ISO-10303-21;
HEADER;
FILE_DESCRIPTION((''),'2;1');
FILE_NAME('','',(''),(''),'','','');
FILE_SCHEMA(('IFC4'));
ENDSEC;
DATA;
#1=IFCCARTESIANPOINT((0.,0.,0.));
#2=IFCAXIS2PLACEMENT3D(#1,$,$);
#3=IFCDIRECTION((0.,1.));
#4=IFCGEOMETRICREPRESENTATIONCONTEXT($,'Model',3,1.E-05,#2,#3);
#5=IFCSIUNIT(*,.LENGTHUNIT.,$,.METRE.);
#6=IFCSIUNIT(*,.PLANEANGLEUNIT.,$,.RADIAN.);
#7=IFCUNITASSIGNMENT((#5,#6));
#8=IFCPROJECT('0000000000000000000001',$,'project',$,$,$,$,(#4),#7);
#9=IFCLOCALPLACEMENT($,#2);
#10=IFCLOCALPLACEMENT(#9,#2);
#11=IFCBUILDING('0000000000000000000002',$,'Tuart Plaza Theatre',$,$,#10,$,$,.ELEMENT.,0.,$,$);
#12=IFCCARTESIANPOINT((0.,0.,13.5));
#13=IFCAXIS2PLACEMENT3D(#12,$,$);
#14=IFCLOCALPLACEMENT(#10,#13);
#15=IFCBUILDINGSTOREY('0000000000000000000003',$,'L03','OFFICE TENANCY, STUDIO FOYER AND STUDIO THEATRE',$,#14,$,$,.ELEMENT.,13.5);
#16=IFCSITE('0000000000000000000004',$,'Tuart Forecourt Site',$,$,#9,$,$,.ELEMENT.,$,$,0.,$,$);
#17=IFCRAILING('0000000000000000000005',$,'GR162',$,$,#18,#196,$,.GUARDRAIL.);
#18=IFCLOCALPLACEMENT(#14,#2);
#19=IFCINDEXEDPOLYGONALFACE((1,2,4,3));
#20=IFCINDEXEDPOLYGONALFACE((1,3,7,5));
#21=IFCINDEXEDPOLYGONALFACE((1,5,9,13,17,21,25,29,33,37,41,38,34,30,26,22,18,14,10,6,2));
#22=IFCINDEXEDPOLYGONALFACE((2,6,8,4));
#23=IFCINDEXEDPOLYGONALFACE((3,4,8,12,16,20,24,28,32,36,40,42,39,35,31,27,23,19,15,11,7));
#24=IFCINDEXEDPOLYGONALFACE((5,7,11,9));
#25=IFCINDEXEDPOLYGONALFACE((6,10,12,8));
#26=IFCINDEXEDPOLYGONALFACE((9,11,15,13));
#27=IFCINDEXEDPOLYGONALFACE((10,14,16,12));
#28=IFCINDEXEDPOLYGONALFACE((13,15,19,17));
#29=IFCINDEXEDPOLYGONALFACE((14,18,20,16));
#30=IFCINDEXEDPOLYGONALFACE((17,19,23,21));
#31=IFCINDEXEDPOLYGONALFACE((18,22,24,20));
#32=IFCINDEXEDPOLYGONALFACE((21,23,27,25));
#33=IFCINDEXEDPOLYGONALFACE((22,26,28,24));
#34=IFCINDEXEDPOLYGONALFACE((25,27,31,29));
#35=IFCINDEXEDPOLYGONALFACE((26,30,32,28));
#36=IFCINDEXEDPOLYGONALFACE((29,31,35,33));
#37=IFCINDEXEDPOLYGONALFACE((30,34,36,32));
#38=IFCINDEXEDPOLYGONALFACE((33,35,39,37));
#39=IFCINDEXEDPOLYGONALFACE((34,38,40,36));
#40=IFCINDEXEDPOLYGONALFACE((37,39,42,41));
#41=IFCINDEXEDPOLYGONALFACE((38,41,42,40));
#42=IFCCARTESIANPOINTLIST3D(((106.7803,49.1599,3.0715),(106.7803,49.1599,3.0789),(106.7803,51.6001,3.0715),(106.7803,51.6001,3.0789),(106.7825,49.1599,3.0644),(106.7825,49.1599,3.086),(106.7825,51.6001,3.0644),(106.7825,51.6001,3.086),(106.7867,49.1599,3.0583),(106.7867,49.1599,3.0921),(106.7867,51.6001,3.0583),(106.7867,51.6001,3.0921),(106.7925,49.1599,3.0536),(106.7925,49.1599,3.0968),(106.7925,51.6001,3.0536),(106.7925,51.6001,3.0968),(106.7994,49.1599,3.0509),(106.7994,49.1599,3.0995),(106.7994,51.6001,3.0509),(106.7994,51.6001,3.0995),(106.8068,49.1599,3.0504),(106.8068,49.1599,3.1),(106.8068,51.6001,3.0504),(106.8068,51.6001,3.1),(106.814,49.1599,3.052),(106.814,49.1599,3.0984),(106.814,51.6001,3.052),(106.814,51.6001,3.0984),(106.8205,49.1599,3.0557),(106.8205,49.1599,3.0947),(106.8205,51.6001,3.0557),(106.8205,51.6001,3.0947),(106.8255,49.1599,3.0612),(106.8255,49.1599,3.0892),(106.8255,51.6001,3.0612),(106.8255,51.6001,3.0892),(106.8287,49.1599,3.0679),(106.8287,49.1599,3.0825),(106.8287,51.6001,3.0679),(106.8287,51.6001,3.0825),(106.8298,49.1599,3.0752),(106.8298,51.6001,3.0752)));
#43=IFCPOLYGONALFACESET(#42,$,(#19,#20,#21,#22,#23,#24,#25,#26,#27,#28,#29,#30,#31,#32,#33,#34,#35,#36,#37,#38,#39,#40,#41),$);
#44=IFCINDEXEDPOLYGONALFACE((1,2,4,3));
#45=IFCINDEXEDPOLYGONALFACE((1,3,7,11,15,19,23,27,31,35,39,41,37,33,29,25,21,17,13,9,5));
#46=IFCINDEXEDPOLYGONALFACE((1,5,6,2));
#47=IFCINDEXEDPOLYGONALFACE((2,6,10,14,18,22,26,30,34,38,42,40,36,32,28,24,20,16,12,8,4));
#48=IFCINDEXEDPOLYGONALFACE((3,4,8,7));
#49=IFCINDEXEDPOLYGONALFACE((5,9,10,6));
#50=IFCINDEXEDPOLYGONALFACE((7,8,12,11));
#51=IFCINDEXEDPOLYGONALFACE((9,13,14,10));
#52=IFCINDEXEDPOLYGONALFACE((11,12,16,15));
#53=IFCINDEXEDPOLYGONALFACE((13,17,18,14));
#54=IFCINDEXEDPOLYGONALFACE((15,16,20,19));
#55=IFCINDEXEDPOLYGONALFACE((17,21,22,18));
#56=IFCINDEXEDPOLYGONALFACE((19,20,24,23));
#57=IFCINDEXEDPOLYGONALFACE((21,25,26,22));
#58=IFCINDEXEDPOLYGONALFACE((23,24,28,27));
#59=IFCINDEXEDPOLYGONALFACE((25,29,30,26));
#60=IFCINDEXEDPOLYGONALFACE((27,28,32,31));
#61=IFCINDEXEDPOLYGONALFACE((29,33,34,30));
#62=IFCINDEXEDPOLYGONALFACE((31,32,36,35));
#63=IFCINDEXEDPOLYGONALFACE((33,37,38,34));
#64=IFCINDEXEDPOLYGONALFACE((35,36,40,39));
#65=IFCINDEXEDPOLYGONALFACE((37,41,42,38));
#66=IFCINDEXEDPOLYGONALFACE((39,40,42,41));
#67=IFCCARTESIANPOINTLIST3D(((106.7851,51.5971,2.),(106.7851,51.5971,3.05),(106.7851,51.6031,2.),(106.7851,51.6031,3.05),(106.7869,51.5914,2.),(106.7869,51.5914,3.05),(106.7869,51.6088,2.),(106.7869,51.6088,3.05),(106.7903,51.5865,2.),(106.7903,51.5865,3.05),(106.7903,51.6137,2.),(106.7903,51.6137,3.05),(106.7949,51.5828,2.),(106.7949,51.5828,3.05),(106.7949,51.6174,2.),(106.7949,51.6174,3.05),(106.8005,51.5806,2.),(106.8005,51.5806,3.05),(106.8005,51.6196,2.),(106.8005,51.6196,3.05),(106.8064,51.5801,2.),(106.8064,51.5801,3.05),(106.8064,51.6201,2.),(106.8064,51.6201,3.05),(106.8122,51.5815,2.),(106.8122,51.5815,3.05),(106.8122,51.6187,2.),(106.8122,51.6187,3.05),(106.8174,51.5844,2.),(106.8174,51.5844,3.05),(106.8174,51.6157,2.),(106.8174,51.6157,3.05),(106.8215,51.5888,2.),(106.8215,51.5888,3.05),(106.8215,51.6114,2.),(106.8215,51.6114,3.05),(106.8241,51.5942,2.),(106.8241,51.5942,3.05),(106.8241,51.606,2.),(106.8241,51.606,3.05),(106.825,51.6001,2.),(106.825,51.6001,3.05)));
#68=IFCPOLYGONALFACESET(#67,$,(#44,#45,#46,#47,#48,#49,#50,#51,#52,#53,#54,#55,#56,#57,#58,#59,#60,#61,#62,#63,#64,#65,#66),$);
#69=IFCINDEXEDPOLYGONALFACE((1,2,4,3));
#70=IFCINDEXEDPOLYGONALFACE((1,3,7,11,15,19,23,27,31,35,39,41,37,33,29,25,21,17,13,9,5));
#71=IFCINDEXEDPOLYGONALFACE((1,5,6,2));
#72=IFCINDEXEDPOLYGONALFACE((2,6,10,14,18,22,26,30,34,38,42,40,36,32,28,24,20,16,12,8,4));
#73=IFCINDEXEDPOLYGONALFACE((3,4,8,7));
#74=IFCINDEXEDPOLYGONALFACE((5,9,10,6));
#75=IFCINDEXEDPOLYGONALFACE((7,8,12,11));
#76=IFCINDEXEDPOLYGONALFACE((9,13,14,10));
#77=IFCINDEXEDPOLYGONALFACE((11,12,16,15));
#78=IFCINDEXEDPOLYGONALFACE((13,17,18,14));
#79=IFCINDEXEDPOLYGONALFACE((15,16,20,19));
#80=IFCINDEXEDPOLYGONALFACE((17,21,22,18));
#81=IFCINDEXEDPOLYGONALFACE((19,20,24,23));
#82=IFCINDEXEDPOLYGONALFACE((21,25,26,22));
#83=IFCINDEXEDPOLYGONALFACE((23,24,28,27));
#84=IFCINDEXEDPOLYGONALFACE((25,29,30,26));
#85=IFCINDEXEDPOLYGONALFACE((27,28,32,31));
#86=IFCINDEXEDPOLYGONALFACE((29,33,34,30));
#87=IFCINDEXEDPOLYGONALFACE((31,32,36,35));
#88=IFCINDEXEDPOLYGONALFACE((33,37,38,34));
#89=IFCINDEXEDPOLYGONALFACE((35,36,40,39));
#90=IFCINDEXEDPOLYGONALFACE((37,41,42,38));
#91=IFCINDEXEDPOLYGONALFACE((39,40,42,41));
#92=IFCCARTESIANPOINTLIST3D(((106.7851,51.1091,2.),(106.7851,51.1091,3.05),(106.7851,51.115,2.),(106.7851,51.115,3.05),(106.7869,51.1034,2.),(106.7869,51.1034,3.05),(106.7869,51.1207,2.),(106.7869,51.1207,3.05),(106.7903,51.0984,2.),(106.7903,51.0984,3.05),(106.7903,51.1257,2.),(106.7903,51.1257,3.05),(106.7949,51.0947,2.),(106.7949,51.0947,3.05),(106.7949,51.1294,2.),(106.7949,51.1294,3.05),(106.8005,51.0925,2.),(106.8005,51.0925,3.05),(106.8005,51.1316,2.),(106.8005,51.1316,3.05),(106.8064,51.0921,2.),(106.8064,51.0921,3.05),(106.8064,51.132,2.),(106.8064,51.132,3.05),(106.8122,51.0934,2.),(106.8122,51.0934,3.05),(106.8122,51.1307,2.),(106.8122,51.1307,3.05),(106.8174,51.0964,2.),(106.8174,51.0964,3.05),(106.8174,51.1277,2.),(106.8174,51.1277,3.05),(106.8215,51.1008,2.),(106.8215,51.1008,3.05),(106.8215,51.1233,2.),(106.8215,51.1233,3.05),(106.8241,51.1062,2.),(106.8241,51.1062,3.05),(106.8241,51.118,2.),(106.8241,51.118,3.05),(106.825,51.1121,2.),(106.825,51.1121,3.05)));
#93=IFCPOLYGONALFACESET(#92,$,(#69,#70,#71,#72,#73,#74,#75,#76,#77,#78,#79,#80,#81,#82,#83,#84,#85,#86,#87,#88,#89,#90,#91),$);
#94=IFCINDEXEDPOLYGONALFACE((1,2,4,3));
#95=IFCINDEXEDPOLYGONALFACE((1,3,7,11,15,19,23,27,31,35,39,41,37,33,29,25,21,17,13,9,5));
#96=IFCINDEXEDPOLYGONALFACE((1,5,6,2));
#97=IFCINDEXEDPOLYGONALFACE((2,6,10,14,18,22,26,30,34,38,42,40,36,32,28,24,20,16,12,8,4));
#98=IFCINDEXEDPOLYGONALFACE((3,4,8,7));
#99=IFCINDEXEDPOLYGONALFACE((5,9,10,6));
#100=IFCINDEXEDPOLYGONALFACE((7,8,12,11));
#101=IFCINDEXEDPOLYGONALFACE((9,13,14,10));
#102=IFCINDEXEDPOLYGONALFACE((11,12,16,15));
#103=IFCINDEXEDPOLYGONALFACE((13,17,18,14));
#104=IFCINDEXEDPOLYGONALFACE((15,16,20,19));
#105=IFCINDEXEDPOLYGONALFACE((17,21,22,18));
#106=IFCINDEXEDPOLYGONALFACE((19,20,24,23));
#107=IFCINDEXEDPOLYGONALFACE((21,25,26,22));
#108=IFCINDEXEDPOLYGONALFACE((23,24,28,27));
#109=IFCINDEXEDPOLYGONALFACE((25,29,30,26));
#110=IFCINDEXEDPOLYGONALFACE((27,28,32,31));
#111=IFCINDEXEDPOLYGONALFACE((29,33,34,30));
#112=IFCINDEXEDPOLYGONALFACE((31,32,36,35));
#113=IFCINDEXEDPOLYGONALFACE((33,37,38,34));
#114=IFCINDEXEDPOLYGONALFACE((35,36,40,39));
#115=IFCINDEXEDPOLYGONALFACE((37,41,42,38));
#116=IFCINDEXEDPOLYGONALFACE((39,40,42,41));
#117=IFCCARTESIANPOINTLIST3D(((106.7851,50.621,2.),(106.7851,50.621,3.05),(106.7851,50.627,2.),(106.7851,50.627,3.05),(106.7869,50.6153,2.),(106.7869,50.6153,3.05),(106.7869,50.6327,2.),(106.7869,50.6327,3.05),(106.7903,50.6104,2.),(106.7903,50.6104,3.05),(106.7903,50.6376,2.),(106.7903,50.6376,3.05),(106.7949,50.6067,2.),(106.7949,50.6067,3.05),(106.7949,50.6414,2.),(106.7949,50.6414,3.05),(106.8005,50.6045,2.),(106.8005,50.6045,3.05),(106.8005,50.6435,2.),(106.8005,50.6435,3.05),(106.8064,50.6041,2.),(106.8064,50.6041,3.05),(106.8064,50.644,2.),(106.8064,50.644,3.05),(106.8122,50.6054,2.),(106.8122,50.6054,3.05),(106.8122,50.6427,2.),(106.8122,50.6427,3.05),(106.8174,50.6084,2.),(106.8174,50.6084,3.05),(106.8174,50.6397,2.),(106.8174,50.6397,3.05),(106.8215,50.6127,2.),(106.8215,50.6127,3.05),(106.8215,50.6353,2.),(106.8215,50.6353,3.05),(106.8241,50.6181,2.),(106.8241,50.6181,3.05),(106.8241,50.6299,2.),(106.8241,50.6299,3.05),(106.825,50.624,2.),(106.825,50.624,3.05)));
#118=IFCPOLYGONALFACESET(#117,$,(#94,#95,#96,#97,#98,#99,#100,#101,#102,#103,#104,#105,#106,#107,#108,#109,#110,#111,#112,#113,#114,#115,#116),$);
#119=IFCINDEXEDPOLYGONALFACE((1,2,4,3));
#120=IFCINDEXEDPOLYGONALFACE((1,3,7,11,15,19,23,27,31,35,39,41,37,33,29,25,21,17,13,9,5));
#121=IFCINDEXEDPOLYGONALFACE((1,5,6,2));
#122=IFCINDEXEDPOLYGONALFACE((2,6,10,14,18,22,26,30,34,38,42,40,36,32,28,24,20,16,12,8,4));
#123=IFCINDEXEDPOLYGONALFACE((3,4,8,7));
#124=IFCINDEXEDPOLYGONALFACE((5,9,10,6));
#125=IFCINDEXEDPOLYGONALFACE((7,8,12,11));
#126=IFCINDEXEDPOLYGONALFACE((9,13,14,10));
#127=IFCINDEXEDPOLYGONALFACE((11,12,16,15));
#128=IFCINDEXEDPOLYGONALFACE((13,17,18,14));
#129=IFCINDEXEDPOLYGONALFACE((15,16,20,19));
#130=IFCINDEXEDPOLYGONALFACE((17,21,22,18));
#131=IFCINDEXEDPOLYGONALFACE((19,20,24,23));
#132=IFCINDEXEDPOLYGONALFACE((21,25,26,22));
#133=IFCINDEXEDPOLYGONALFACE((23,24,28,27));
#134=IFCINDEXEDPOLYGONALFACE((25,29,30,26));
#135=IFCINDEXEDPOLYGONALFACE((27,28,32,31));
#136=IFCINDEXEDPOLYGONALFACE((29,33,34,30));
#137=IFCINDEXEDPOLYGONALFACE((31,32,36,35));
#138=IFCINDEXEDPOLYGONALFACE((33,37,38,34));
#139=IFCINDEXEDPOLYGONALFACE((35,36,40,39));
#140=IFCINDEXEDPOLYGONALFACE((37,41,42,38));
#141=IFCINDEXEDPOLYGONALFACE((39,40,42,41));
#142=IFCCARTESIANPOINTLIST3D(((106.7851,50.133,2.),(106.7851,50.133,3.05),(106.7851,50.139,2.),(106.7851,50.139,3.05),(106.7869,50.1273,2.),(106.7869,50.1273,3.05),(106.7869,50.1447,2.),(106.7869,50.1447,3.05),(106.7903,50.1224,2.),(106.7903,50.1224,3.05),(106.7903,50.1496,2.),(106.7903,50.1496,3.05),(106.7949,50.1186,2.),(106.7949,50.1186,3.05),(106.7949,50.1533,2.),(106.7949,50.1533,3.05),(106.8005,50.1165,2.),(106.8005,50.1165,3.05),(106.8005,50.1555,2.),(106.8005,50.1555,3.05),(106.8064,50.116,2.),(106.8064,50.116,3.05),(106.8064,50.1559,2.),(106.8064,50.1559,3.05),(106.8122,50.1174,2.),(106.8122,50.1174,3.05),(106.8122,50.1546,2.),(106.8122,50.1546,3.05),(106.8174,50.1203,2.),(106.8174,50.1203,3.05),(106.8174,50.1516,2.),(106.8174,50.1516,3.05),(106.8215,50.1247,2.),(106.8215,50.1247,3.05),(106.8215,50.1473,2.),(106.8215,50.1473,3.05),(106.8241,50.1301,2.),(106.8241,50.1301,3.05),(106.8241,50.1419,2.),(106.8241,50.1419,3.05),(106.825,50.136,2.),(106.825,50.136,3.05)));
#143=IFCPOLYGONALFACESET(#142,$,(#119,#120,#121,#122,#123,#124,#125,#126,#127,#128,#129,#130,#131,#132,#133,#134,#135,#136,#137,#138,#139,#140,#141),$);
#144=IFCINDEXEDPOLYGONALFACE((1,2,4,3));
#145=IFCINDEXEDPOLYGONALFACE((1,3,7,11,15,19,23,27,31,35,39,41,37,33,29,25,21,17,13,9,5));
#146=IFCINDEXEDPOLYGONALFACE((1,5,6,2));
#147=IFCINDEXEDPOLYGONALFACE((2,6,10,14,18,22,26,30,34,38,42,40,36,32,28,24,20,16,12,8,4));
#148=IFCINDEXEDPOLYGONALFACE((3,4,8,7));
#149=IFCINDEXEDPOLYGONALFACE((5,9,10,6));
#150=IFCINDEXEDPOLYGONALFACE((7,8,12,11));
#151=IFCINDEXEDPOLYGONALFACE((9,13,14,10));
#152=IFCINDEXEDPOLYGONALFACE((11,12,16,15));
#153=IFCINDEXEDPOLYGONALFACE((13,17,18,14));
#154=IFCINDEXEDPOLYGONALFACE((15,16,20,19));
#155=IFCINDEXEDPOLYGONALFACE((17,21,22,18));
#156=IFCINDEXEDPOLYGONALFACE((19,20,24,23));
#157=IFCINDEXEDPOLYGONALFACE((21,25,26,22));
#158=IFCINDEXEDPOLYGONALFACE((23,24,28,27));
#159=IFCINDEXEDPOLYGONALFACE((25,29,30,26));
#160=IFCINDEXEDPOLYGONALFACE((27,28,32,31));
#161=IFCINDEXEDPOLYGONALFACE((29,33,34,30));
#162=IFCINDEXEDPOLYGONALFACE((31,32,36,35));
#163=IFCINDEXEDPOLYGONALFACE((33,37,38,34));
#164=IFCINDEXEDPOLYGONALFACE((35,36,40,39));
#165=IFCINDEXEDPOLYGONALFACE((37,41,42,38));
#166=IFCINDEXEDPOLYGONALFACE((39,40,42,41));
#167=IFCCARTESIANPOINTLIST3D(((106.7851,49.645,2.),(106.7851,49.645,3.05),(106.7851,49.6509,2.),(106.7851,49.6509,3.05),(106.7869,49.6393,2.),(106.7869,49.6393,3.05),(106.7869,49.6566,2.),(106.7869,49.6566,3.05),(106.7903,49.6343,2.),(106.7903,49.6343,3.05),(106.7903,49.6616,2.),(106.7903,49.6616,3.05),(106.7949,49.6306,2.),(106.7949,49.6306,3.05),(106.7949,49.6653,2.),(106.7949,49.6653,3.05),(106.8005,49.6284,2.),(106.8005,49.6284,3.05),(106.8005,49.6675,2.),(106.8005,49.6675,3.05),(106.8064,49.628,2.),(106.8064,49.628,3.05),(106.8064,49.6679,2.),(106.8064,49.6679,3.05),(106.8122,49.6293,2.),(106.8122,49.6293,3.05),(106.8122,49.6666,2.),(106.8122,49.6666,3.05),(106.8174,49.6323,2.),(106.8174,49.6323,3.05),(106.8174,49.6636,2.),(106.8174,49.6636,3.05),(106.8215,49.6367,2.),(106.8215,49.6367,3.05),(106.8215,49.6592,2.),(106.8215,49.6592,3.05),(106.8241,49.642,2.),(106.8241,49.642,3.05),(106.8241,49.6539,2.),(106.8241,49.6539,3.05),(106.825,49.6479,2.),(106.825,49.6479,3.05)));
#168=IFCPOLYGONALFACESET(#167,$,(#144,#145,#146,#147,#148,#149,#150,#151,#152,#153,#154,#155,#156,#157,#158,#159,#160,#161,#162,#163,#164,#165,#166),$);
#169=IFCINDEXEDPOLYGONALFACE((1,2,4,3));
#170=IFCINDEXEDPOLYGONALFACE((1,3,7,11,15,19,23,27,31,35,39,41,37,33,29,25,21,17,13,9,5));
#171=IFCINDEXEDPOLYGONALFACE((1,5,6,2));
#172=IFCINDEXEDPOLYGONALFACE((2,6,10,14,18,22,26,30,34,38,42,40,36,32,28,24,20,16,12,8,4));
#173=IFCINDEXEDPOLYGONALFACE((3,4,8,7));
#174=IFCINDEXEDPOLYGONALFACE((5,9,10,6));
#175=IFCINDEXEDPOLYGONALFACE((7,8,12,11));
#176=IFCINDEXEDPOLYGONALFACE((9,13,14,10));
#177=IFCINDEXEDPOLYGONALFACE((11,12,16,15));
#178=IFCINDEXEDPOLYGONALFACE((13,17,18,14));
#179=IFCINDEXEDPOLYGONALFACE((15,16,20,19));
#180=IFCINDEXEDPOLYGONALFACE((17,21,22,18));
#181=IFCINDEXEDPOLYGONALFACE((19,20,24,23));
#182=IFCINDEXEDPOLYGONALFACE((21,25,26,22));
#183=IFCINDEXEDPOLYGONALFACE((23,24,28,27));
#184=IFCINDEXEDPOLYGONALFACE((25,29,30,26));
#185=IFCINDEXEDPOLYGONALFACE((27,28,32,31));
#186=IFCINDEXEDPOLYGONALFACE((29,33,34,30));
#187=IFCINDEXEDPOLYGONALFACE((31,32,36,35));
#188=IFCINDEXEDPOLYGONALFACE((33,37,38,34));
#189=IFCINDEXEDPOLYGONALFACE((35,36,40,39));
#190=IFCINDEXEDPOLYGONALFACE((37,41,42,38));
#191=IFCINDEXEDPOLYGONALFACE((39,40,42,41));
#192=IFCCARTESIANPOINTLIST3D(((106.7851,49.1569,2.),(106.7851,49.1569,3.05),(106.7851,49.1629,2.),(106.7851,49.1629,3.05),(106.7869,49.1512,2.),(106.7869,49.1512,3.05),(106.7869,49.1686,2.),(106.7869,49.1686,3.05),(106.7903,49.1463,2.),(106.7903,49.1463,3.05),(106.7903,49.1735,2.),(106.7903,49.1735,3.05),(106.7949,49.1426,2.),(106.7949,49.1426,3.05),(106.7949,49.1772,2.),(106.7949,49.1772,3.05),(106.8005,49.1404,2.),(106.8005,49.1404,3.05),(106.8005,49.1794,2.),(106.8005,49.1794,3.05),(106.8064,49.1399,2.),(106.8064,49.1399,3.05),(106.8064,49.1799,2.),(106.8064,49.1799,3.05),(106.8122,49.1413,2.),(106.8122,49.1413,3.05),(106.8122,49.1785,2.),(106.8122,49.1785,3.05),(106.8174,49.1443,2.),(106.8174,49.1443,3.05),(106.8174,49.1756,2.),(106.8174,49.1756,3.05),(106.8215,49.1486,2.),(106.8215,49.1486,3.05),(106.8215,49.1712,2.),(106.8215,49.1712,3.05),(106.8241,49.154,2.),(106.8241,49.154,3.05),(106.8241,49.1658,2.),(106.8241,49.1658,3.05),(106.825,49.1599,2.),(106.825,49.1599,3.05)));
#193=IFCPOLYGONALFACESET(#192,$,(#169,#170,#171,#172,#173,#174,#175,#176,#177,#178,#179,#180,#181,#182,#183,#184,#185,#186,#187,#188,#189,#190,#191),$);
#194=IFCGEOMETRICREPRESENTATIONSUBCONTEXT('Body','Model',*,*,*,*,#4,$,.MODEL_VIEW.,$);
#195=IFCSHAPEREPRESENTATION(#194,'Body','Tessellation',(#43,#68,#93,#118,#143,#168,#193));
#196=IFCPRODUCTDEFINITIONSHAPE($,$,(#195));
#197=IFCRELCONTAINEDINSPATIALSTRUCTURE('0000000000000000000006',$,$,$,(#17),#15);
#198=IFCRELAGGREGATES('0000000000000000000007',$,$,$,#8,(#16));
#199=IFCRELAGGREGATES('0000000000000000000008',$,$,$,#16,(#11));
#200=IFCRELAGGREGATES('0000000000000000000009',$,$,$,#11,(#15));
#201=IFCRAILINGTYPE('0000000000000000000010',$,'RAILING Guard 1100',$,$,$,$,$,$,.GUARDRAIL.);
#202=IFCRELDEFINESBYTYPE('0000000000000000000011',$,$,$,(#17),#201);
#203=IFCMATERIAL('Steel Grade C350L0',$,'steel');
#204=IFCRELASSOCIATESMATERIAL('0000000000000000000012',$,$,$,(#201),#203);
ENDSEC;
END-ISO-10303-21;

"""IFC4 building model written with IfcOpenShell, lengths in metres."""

from ifc_helpers import new_model, si_unit, direction, frame, origin, origin_2d, place, context, subcontext, project, spatial, circle, extrude, material, type_object, element, save


model = new_model("IFC4")

# Units and contexts
model_context = context("Model", 3, precision=1e-05, world=origin(), true_north=direction((0.0, 1.0)))
body_context = subcontext(model_context, "Body", "Model", "MODEL_VIEW")
ifc_project = project(units=[si_unit("LENGTHUNIT", "METRE"), si_unit("PLANEANGLEUNIT", "RADIAN")], contexts=[model_context])

# Site, building, storey
site_placement = place(None, origin())
site = spatial("IfcSite", under=ifc_project, at=site_placement, Name="Tuart Forecourt Site", CompositionType="ELEMENT", RefElevation=0.0)
building_placement = place(site_placement, origin())
building = spatial("IfcBuilding", under=site, at=building_placement, Name="Tuart Plaza Theatre", CompositionType="ELEMENT", ElevationOfRefHeight=0.0)
storey_placement = place(building_placement, frame((0.0, 0.0, 13.5)))
storey = spatial("IfcBuildingStorey", under=building, at=storey_placement, Name="L03", Description="OFFICE TENANCY, STUDIO FOYER AND STUDIO THEATRE", CompositionType="ELEMENT", Elevation=13.5)

# Railing
ifc_material_1 = material(Name="Steel Grade C350L0", Category="steel")
railing_type_1 = type_object("IfcRailingType", Name="RAILING Guard 1100", PredefinedType="GUARDRAIL", material=ifc_material_1)
railing_1_placement = place(storey_placement, frame((106.8049, 51.6001, 2.0)))
element("IfcRailing", 1, at=railing_1_placement, inside=storey, type_object=railing_type_1, Name="GR162", PredefinedType="GUARDRAIL", context=body_context, shape_type="SweptSolid", body=[
    extrude(circle(Radius=0.0249, at=origin_2d()), frame((0.0, 0.0, 1.0752), z_axis=(0.0, -1.0, 0.0), x_axis=(1.0, 0.0, 0.0)), (0.0, 0.0, 1.0), 2.4402),
    extrude(circle(Radius=0.02, at=origin_2d()), origin(), (0.0, 0.0, 1.0), 1.05),
    extrude(circle(Radius=0.02, at=origin_2d()), frame((0.0, -0.488, 0.0)), (0.0, 0.0, 1.0), 1.05),
    extrude(circle(Radius=0.02, at=origin_2d()), frame((0.0, -0.9761, 0.0)), (0.0, 0.0, 1.0), 1.05),
    extrude(circle(Radius=0.02, at=origin_2d()), frame((0.0, -1.4641, 0.0)), (0.0, 0.0, 1.0), 1.05),
    extrude(circle(Radius=0.02, at=origin_2d()), frame((0.0, -1.9521, 0.0)), (0.0, 0.0, 1.0), 1.05),
    extrude(circle(Radius=0.02, at=origin_2d()), frame((0.0, -2.4402, 0.0)), (0.0, 0.0, 1.0), 1.05),
])

save(model, "model.ifc")
